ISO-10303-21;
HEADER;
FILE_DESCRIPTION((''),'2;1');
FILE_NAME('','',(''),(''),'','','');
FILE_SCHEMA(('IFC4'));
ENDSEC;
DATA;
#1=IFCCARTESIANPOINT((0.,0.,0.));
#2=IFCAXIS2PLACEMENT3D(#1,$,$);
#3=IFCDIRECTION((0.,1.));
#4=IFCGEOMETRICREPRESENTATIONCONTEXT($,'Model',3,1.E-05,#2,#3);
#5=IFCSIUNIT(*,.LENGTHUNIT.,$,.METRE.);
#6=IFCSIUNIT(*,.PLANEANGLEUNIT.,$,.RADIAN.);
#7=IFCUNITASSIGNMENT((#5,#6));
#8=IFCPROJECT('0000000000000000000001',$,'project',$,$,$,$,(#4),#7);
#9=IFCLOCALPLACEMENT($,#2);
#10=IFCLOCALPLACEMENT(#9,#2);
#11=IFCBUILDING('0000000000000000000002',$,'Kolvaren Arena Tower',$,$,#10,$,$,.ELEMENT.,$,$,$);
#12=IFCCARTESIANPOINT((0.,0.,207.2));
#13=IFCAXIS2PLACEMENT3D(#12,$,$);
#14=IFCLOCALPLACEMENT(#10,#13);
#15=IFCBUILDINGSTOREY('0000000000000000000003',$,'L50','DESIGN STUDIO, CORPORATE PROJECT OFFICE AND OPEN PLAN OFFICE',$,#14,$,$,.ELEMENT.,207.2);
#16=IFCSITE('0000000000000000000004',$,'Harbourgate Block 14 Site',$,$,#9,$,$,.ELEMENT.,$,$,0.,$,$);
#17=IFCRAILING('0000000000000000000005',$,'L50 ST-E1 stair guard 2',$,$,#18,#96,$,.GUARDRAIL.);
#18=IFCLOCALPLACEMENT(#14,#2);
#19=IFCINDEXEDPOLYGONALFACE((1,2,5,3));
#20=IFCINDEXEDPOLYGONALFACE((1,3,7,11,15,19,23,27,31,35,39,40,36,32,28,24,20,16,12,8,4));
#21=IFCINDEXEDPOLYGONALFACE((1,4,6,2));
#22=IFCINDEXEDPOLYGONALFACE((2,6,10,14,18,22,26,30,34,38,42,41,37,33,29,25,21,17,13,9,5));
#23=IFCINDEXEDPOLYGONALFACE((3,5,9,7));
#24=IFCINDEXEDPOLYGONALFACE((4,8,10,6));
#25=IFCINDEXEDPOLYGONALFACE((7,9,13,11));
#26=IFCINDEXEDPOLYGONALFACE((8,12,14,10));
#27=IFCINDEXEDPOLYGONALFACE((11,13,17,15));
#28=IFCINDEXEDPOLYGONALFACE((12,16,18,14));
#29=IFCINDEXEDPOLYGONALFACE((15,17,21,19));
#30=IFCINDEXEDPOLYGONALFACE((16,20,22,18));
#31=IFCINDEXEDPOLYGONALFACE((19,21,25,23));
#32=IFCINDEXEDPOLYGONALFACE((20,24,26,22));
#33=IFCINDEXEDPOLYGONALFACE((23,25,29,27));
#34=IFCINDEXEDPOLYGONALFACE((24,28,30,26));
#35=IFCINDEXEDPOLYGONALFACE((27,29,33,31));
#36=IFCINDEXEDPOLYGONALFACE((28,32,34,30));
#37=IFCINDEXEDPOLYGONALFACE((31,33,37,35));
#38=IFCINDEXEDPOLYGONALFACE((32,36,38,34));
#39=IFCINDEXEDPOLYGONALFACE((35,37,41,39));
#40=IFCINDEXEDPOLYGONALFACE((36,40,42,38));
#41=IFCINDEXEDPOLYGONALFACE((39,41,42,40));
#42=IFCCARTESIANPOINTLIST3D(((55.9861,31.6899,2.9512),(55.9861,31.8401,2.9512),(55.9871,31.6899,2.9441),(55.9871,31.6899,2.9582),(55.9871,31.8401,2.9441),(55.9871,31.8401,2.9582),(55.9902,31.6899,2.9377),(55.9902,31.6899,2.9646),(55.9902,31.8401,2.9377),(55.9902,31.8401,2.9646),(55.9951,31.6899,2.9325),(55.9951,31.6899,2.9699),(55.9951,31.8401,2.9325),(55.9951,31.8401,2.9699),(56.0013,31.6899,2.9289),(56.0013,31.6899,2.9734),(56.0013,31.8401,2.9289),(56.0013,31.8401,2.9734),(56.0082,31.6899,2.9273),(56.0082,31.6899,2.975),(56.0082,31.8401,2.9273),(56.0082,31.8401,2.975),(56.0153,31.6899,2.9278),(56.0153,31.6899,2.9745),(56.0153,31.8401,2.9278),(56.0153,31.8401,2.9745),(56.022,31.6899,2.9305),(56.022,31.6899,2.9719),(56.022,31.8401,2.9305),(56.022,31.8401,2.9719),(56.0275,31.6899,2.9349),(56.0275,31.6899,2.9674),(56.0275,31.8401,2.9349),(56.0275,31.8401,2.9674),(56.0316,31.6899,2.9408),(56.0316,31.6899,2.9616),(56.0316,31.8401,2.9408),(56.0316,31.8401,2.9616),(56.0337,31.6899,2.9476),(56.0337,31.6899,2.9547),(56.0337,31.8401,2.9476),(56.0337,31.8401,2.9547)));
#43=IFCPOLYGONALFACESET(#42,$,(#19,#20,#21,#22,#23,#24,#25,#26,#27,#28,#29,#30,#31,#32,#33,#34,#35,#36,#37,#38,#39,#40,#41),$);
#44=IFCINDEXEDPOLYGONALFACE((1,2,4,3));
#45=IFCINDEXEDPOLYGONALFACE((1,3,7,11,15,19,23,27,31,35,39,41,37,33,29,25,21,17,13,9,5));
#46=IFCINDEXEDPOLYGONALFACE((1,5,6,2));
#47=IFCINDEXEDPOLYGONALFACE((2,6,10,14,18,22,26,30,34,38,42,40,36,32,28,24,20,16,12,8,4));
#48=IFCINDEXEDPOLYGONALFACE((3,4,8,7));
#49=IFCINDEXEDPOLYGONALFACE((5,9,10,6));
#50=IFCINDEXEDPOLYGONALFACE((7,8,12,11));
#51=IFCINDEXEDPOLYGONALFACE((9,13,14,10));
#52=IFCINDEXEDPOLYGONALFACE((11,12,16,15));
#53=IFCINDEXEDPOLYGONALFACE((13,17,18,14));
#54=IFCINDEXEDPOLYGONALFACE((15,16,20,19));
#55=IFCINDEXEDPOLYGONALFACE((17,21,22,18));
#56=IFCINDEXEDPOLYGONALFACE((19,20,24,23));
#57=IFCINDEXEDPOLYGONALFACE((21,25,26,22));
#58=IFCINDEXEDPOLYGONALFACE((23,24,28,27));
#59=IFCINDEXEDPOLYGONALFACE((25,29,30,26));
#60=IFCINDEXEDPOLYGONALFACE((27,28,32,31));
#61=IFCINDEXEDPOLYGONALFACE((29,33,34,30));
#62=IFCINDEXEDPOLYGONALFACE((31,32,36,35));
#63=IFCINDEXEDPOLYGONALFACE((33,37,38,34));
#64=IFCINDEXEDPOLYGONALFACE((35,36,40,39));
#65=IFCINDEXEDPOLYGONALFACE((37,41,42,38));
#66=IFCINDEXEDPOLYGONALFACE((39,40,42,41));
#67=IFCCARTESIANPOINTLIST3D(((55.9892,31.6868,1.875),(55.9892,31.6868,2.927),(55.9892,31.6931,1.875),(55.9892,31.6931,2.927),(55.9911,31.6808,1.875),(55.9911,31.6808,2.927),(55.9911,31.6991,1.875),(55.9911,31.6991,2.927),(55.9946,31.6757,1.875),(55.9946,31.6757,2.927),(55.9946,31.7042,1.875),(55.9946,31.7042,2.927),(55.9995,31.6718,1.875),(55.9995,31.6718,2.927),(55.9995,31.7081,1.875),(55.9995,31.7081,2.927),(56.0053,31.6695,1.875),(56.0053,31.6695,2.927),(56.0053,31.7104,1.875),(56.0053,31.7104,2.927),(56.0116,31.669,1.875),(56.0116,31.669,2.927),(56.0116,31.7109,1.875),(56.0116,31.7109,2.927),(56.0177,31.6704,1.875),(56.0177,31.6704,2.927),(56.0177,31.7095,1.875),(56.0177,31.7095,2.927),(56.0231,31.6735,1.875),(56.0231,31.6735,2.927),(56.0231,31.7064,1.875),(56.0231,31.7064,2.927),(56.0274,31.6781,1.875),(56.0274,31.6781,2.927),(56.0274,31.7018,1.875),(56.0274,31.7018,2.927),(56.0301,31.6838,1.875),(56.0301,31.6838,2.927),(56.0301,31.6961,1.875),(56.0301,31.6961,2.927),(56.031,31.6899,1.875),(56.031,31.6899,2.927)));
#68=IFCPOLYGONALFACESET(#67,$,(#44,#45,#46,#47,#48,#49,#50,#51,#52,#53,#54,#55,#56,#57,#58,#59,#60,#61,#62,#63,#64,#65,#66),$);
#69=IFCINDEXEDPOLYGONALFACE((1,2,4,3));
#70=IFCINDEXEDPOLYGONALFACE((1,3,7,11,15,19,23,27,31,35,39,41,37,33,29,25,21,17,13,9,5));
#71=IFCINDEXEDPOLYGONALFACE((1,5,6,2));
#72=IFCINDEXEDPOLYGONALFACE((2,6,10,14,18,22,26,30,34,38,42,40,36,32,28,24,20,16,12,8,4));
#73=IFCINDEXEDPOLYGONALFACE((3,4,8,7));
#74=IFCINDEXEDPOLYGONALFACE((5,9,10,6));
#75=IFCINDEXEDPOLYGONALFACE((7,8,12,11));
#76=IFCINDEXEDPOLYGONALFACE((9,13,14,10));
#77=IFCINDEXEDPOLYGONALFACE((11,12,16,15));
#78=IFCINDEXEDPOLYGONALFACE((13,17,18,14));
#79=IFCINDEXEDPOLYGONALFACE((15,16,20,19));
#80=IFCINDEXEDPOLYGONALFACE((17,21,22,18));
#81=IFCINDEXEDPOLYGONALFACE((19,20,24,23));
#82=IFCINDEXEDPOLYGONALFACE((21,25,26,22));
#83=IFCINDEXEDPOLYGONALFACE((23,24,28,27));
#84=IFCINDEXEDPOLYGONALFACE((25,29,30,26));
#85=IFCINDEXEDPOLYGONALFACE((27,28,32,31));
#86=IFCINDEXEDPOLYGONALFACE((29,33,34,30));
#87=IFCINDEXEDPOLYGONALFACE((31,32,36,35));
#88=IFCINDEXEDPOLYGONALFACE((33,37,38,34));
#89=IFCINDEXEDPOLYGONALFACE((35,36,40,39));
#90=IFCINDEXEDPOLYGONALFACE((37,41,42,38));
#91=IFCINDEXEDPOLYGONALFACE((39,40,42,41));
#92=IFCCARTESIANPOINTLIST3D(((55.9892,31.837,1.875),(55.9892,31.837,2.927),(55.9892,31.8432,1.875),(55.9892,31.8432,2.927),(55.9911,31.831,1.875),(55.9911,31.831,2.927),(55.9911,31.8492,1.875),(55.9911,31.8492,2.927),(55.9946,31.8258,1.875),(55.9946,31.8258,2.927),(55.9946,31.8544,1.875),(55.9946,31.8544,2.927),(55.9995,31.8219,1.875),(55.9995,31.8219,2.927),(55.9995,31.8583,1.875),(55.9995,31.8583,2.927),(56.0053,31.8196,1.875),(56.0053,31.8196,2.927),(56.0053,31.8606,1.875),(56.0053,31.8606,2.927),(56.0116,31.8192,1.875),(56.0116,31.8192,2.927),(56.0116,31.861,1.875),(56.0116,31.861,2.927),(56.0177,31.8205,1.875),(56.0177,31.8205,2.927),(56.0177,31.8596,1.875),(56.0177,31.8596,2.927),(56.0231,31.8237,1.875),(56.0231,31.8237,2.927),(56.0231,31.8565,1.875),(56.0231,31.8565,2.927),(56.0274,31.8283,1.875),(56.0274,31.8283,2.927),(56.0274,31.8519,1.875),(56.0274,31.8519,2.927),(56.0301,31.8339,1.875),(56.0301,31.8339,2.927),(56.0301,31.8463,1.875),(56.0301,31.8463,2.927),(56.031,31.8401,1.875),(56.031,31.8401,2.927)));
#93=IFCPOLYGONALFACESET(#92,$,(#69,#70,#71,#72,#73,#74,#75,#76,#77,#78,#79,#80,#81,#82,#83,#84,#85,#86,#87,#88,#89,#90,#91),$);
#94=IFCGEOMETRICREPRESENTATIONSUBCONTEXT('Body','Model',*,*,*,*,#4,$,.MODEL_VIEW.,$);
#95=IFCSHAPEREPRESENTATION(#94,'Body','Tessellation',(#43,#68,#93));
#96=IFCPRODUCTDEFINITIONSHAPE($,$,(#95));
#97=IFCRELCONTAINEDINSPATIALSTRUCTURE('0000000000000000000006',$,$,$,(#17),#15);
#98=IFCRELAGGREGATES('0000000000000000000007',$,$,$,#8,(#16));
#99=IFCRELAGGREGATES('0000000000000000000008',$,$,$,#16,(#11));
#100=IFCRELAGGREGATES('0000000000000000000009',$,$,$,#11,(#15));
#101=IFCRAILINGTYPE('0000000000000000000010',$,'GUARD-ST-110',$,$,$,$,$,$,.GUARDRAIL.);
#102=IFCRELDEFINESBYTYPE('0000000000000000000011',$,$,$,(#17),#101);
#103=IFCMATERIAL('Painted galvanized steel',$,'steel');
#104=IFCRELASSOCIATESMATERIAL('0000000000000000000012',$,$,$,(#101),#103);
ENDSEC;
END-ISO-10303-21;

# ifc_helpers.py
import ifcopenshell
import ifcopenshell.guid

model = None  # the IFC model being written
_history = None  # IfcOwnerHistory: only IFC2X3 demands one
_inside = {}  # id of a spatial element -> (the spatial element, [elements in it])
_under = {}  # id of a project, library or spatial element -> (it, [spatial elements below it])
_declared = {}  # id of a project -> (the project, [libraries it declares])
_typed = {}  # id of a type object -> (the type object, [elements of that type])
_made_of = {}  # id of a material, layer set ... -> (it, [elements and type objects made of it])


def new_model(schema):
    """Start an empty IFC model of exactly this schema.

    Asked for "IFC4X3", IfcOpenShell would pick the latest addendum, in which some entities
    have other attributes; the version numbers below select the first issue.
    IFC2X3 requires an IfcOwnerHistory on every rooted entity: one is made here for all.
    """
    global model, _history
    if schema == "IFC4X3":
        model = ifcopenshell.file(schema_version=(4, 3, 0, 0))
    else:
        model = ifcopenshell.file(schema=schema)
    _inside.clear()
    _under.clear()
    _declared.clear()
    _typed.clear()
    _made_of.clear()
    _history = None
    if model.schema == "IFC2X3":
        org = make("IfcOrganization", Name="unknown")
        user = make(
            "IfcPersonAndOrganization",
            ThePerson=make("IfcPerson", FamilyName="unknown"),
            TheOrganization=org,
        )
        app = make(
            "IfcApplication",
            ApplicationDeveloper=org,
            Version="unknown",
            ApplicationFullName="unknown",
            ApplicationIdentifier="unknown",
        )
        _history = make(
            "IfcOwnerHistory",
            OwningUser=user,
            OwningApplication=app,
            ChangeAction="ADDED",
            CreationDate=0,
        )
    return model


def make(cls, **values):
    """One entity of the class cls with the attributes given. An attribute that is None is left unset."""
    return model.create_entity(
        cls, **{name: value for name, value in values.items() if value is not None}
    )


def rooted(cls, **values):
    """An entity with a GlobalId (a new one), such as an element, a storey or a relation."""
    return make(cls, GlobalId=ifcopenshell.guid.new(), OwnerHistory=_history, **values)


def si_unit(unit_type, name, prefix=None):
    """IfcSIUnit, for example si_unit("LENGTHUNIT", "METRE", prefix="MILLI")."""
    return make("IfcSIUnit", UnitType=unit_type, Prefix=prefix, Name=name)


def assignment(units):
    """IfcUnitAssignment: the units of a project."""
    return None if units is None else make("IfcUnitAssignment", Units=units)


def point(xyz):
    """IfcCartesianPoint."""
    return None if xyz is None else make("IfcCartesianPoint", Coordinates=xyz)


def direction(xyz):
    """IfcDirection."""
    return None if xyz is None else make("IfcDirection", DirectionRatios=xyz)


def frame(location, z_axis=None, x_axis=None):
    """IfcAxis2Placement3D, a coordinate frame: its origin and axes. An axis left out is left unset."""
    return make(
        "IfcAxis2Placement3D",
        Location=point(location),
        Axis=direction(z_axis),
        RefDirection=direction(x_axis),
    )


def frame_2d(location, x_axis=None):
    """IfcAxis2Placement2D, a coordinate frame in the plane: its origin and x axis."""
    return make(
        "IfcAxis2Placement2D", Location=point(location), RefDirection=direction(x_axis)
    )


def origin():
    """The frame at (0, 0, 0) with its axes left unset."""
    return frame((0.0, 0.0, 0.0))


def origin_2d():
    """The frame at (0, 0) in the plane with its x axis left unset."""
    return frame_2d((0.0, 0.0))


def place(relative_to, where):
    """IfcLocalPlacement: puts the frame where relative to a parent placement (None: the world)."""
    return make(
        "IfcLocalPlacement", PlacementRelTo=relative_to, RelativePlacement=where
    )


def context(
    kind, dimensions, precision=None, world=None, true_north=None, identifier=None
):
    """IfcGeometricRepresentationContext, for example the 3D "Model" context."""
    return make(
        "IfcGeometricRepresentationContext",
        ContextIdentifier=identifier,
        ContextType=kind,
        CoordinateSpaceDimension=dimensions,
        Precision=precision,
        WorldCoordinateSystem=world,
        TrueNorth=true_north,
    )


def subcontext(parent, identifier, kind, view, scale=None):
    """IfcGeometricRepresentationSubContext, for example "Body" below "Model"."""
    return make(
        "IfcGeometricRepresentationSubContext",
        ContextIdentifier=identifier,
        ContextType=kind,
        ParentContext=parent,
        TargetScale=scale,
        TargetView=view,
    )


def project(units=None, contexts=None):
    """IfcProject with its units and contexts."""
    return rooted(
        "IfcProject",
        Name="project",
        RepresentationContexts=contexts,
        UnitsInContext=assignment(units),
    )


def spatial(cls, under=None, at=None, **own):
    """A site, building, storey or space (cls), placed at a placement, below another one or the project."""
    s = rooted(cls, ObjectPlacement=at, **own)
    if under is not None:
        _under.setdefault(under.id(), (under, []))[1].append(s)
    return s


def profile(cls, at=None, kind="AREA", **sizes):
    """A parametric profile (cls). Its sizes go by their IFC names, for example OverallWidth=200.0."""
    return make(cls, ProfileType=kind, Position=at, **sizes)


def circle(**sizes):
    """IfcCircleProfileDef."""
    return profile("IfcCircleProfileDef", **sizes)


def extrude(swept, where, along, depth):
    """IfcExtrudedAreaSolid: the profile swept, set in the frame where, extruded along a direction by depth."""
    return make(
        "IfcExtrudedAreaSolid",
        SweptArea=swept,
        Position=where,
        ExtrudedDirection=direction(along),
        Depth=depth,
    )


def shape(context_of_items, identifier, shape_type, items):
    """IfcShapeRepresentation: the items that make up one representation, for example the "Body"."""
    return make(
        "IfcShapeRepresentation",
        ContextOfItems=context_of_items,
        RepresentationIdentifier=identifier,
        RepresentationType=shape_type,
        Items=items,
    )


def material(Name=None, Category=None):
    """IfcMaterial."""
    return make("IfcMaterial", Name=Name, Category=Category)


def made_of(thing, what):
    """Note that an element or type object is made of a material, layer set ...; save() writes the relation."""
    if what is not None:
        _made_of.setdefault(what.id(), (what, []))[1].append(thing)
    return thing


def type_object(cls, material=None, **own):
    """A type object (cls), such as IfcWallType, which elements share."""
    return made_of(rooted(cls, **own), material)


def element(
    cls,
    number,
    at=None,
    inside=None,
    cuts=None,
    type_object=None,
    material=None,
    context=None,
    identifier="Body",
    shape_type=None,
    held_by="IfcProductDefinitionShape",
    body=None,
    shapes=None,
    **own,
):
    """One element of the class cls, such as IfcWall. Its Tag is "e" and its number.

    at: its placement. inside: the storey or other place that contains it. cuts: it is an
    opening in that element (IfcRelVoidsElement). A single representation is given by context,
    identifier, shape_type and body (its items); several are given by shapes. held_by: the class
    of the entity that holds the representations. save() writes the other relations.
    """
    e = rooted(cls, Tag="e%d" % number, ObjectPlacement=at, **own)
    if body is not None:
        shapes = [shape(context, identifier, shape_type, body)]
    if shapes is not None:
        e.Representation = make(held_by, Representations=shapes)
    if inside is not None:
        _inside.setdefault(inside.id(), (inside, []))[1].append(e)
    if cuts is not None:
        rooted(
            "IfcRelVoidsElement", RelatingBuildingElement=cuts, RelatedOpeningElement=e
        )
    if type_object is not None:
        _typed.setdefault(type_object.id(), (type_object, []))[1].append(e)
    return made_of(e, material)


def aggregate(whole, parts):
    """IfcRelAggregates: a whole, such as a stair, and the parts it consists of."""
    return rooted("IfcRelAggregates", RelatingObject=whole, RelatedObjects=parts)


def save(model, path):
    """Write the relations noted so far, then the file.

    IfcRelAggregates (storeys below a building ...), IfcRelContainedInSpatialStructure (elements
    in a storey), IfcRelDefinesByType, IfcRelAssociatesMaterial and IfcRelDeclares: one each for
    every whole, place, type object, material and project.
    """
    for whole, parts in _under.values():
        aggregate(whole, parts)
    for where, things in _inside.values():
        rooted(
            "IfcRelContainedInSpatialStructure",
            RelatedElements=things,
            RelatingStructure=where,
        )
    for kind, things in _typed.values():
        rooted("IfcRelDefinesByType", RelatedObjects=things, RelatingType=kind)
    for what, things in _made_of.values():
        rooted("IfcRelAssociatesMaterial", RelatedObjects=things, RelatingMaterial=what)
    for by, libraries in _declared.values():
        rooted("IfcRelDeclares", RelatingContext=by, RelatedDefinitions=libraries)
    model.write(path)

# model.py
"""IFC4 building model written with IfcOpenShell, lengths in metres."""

from ifc_helpers import new_model, si_unit, direction, frame, origin, origin_2d, place, context, subcontext, project, spatial, circle, extrude, material, type_object, element, save


model = new_model("IFC4")

# Units and contexts
model_context = context("Model", 3, precision=1e-05, world=origin(), true_north=direction((0.0, 1.0)))
body_context = subcontext(model_context, "Body", "Model", "MODEL_VIEW")
ifc_project = project(units=[si_unit("LENGTHUNIT", "METRE"), si_unit("PLANEANGLEUNIT", "RADIAN")], contexts=[model_context])

# Site, building, storey
site_placement = place(None, origin())
site = spatial("IfcSite", under=ifc_project, at=site_placement, Name="Harbourgate Block 14 Site", CompositionType="ELEMENT", RefElevation=0.0)
building_placement = place(site_placement, origin())
building = spatial("IfcBuilding", under=site, at=building_placement, Name="Kolvaren Arena Tower", CompositionType="ELEMENT")
storey_placement = place(building_placement, frame((0.0, 0.0, 207.2)))
storey = spatial("IfcBuildingStorey", under=building, at=storey_placement, Name="L50", Description="DESIGN STUDIO, CORPORATE PROJECT OFFICE AND OPEN PLAN OFFICE", CompositionType="ELEMENT", Elevation=207.2)

# Railing
ifc_material_1 = material(Name="Painted galvanized steel", Category="steel")
railing_type_1 = type_object("IfcRailingType", Name="GUARD-ST-110", PredefinedType="GUARDRAIL", material=ifc_material_1)
railing_1_placement = place(storey_placement, frame((56.01, 31.6899, 1.875)))
element("IfcRailing", 1, at=railing_1_placement, inside=storey, type_object=railing_type_1, Name="L50 ST-E1 stair guard 2", PredefinedType="GUARDRAIL", context=body_context, shape_type="SweptSolid", body=[
    extrude(circle(Radius=0.0239, at=origin_2d()), frame((0.0, 0.0, 1.0762), z_axis=(0.0, 1.0, 0.0), x_axis=(-1.0, 0.0, 0.0)), (0.0, 0.0, 1.0), 0.1501),
    extrude(circle(Radius=0.021, at=origin_2d()), origin(), (0.0, 0.0, 1.0), 1.052),
    extrude(circle(Radius=0.021, at=origin_2d()), frame((0.0, 0.1501, 0.0)), (0.0, 0.0, 1.0), 1.052),
])

save(model, "model.ifc")
